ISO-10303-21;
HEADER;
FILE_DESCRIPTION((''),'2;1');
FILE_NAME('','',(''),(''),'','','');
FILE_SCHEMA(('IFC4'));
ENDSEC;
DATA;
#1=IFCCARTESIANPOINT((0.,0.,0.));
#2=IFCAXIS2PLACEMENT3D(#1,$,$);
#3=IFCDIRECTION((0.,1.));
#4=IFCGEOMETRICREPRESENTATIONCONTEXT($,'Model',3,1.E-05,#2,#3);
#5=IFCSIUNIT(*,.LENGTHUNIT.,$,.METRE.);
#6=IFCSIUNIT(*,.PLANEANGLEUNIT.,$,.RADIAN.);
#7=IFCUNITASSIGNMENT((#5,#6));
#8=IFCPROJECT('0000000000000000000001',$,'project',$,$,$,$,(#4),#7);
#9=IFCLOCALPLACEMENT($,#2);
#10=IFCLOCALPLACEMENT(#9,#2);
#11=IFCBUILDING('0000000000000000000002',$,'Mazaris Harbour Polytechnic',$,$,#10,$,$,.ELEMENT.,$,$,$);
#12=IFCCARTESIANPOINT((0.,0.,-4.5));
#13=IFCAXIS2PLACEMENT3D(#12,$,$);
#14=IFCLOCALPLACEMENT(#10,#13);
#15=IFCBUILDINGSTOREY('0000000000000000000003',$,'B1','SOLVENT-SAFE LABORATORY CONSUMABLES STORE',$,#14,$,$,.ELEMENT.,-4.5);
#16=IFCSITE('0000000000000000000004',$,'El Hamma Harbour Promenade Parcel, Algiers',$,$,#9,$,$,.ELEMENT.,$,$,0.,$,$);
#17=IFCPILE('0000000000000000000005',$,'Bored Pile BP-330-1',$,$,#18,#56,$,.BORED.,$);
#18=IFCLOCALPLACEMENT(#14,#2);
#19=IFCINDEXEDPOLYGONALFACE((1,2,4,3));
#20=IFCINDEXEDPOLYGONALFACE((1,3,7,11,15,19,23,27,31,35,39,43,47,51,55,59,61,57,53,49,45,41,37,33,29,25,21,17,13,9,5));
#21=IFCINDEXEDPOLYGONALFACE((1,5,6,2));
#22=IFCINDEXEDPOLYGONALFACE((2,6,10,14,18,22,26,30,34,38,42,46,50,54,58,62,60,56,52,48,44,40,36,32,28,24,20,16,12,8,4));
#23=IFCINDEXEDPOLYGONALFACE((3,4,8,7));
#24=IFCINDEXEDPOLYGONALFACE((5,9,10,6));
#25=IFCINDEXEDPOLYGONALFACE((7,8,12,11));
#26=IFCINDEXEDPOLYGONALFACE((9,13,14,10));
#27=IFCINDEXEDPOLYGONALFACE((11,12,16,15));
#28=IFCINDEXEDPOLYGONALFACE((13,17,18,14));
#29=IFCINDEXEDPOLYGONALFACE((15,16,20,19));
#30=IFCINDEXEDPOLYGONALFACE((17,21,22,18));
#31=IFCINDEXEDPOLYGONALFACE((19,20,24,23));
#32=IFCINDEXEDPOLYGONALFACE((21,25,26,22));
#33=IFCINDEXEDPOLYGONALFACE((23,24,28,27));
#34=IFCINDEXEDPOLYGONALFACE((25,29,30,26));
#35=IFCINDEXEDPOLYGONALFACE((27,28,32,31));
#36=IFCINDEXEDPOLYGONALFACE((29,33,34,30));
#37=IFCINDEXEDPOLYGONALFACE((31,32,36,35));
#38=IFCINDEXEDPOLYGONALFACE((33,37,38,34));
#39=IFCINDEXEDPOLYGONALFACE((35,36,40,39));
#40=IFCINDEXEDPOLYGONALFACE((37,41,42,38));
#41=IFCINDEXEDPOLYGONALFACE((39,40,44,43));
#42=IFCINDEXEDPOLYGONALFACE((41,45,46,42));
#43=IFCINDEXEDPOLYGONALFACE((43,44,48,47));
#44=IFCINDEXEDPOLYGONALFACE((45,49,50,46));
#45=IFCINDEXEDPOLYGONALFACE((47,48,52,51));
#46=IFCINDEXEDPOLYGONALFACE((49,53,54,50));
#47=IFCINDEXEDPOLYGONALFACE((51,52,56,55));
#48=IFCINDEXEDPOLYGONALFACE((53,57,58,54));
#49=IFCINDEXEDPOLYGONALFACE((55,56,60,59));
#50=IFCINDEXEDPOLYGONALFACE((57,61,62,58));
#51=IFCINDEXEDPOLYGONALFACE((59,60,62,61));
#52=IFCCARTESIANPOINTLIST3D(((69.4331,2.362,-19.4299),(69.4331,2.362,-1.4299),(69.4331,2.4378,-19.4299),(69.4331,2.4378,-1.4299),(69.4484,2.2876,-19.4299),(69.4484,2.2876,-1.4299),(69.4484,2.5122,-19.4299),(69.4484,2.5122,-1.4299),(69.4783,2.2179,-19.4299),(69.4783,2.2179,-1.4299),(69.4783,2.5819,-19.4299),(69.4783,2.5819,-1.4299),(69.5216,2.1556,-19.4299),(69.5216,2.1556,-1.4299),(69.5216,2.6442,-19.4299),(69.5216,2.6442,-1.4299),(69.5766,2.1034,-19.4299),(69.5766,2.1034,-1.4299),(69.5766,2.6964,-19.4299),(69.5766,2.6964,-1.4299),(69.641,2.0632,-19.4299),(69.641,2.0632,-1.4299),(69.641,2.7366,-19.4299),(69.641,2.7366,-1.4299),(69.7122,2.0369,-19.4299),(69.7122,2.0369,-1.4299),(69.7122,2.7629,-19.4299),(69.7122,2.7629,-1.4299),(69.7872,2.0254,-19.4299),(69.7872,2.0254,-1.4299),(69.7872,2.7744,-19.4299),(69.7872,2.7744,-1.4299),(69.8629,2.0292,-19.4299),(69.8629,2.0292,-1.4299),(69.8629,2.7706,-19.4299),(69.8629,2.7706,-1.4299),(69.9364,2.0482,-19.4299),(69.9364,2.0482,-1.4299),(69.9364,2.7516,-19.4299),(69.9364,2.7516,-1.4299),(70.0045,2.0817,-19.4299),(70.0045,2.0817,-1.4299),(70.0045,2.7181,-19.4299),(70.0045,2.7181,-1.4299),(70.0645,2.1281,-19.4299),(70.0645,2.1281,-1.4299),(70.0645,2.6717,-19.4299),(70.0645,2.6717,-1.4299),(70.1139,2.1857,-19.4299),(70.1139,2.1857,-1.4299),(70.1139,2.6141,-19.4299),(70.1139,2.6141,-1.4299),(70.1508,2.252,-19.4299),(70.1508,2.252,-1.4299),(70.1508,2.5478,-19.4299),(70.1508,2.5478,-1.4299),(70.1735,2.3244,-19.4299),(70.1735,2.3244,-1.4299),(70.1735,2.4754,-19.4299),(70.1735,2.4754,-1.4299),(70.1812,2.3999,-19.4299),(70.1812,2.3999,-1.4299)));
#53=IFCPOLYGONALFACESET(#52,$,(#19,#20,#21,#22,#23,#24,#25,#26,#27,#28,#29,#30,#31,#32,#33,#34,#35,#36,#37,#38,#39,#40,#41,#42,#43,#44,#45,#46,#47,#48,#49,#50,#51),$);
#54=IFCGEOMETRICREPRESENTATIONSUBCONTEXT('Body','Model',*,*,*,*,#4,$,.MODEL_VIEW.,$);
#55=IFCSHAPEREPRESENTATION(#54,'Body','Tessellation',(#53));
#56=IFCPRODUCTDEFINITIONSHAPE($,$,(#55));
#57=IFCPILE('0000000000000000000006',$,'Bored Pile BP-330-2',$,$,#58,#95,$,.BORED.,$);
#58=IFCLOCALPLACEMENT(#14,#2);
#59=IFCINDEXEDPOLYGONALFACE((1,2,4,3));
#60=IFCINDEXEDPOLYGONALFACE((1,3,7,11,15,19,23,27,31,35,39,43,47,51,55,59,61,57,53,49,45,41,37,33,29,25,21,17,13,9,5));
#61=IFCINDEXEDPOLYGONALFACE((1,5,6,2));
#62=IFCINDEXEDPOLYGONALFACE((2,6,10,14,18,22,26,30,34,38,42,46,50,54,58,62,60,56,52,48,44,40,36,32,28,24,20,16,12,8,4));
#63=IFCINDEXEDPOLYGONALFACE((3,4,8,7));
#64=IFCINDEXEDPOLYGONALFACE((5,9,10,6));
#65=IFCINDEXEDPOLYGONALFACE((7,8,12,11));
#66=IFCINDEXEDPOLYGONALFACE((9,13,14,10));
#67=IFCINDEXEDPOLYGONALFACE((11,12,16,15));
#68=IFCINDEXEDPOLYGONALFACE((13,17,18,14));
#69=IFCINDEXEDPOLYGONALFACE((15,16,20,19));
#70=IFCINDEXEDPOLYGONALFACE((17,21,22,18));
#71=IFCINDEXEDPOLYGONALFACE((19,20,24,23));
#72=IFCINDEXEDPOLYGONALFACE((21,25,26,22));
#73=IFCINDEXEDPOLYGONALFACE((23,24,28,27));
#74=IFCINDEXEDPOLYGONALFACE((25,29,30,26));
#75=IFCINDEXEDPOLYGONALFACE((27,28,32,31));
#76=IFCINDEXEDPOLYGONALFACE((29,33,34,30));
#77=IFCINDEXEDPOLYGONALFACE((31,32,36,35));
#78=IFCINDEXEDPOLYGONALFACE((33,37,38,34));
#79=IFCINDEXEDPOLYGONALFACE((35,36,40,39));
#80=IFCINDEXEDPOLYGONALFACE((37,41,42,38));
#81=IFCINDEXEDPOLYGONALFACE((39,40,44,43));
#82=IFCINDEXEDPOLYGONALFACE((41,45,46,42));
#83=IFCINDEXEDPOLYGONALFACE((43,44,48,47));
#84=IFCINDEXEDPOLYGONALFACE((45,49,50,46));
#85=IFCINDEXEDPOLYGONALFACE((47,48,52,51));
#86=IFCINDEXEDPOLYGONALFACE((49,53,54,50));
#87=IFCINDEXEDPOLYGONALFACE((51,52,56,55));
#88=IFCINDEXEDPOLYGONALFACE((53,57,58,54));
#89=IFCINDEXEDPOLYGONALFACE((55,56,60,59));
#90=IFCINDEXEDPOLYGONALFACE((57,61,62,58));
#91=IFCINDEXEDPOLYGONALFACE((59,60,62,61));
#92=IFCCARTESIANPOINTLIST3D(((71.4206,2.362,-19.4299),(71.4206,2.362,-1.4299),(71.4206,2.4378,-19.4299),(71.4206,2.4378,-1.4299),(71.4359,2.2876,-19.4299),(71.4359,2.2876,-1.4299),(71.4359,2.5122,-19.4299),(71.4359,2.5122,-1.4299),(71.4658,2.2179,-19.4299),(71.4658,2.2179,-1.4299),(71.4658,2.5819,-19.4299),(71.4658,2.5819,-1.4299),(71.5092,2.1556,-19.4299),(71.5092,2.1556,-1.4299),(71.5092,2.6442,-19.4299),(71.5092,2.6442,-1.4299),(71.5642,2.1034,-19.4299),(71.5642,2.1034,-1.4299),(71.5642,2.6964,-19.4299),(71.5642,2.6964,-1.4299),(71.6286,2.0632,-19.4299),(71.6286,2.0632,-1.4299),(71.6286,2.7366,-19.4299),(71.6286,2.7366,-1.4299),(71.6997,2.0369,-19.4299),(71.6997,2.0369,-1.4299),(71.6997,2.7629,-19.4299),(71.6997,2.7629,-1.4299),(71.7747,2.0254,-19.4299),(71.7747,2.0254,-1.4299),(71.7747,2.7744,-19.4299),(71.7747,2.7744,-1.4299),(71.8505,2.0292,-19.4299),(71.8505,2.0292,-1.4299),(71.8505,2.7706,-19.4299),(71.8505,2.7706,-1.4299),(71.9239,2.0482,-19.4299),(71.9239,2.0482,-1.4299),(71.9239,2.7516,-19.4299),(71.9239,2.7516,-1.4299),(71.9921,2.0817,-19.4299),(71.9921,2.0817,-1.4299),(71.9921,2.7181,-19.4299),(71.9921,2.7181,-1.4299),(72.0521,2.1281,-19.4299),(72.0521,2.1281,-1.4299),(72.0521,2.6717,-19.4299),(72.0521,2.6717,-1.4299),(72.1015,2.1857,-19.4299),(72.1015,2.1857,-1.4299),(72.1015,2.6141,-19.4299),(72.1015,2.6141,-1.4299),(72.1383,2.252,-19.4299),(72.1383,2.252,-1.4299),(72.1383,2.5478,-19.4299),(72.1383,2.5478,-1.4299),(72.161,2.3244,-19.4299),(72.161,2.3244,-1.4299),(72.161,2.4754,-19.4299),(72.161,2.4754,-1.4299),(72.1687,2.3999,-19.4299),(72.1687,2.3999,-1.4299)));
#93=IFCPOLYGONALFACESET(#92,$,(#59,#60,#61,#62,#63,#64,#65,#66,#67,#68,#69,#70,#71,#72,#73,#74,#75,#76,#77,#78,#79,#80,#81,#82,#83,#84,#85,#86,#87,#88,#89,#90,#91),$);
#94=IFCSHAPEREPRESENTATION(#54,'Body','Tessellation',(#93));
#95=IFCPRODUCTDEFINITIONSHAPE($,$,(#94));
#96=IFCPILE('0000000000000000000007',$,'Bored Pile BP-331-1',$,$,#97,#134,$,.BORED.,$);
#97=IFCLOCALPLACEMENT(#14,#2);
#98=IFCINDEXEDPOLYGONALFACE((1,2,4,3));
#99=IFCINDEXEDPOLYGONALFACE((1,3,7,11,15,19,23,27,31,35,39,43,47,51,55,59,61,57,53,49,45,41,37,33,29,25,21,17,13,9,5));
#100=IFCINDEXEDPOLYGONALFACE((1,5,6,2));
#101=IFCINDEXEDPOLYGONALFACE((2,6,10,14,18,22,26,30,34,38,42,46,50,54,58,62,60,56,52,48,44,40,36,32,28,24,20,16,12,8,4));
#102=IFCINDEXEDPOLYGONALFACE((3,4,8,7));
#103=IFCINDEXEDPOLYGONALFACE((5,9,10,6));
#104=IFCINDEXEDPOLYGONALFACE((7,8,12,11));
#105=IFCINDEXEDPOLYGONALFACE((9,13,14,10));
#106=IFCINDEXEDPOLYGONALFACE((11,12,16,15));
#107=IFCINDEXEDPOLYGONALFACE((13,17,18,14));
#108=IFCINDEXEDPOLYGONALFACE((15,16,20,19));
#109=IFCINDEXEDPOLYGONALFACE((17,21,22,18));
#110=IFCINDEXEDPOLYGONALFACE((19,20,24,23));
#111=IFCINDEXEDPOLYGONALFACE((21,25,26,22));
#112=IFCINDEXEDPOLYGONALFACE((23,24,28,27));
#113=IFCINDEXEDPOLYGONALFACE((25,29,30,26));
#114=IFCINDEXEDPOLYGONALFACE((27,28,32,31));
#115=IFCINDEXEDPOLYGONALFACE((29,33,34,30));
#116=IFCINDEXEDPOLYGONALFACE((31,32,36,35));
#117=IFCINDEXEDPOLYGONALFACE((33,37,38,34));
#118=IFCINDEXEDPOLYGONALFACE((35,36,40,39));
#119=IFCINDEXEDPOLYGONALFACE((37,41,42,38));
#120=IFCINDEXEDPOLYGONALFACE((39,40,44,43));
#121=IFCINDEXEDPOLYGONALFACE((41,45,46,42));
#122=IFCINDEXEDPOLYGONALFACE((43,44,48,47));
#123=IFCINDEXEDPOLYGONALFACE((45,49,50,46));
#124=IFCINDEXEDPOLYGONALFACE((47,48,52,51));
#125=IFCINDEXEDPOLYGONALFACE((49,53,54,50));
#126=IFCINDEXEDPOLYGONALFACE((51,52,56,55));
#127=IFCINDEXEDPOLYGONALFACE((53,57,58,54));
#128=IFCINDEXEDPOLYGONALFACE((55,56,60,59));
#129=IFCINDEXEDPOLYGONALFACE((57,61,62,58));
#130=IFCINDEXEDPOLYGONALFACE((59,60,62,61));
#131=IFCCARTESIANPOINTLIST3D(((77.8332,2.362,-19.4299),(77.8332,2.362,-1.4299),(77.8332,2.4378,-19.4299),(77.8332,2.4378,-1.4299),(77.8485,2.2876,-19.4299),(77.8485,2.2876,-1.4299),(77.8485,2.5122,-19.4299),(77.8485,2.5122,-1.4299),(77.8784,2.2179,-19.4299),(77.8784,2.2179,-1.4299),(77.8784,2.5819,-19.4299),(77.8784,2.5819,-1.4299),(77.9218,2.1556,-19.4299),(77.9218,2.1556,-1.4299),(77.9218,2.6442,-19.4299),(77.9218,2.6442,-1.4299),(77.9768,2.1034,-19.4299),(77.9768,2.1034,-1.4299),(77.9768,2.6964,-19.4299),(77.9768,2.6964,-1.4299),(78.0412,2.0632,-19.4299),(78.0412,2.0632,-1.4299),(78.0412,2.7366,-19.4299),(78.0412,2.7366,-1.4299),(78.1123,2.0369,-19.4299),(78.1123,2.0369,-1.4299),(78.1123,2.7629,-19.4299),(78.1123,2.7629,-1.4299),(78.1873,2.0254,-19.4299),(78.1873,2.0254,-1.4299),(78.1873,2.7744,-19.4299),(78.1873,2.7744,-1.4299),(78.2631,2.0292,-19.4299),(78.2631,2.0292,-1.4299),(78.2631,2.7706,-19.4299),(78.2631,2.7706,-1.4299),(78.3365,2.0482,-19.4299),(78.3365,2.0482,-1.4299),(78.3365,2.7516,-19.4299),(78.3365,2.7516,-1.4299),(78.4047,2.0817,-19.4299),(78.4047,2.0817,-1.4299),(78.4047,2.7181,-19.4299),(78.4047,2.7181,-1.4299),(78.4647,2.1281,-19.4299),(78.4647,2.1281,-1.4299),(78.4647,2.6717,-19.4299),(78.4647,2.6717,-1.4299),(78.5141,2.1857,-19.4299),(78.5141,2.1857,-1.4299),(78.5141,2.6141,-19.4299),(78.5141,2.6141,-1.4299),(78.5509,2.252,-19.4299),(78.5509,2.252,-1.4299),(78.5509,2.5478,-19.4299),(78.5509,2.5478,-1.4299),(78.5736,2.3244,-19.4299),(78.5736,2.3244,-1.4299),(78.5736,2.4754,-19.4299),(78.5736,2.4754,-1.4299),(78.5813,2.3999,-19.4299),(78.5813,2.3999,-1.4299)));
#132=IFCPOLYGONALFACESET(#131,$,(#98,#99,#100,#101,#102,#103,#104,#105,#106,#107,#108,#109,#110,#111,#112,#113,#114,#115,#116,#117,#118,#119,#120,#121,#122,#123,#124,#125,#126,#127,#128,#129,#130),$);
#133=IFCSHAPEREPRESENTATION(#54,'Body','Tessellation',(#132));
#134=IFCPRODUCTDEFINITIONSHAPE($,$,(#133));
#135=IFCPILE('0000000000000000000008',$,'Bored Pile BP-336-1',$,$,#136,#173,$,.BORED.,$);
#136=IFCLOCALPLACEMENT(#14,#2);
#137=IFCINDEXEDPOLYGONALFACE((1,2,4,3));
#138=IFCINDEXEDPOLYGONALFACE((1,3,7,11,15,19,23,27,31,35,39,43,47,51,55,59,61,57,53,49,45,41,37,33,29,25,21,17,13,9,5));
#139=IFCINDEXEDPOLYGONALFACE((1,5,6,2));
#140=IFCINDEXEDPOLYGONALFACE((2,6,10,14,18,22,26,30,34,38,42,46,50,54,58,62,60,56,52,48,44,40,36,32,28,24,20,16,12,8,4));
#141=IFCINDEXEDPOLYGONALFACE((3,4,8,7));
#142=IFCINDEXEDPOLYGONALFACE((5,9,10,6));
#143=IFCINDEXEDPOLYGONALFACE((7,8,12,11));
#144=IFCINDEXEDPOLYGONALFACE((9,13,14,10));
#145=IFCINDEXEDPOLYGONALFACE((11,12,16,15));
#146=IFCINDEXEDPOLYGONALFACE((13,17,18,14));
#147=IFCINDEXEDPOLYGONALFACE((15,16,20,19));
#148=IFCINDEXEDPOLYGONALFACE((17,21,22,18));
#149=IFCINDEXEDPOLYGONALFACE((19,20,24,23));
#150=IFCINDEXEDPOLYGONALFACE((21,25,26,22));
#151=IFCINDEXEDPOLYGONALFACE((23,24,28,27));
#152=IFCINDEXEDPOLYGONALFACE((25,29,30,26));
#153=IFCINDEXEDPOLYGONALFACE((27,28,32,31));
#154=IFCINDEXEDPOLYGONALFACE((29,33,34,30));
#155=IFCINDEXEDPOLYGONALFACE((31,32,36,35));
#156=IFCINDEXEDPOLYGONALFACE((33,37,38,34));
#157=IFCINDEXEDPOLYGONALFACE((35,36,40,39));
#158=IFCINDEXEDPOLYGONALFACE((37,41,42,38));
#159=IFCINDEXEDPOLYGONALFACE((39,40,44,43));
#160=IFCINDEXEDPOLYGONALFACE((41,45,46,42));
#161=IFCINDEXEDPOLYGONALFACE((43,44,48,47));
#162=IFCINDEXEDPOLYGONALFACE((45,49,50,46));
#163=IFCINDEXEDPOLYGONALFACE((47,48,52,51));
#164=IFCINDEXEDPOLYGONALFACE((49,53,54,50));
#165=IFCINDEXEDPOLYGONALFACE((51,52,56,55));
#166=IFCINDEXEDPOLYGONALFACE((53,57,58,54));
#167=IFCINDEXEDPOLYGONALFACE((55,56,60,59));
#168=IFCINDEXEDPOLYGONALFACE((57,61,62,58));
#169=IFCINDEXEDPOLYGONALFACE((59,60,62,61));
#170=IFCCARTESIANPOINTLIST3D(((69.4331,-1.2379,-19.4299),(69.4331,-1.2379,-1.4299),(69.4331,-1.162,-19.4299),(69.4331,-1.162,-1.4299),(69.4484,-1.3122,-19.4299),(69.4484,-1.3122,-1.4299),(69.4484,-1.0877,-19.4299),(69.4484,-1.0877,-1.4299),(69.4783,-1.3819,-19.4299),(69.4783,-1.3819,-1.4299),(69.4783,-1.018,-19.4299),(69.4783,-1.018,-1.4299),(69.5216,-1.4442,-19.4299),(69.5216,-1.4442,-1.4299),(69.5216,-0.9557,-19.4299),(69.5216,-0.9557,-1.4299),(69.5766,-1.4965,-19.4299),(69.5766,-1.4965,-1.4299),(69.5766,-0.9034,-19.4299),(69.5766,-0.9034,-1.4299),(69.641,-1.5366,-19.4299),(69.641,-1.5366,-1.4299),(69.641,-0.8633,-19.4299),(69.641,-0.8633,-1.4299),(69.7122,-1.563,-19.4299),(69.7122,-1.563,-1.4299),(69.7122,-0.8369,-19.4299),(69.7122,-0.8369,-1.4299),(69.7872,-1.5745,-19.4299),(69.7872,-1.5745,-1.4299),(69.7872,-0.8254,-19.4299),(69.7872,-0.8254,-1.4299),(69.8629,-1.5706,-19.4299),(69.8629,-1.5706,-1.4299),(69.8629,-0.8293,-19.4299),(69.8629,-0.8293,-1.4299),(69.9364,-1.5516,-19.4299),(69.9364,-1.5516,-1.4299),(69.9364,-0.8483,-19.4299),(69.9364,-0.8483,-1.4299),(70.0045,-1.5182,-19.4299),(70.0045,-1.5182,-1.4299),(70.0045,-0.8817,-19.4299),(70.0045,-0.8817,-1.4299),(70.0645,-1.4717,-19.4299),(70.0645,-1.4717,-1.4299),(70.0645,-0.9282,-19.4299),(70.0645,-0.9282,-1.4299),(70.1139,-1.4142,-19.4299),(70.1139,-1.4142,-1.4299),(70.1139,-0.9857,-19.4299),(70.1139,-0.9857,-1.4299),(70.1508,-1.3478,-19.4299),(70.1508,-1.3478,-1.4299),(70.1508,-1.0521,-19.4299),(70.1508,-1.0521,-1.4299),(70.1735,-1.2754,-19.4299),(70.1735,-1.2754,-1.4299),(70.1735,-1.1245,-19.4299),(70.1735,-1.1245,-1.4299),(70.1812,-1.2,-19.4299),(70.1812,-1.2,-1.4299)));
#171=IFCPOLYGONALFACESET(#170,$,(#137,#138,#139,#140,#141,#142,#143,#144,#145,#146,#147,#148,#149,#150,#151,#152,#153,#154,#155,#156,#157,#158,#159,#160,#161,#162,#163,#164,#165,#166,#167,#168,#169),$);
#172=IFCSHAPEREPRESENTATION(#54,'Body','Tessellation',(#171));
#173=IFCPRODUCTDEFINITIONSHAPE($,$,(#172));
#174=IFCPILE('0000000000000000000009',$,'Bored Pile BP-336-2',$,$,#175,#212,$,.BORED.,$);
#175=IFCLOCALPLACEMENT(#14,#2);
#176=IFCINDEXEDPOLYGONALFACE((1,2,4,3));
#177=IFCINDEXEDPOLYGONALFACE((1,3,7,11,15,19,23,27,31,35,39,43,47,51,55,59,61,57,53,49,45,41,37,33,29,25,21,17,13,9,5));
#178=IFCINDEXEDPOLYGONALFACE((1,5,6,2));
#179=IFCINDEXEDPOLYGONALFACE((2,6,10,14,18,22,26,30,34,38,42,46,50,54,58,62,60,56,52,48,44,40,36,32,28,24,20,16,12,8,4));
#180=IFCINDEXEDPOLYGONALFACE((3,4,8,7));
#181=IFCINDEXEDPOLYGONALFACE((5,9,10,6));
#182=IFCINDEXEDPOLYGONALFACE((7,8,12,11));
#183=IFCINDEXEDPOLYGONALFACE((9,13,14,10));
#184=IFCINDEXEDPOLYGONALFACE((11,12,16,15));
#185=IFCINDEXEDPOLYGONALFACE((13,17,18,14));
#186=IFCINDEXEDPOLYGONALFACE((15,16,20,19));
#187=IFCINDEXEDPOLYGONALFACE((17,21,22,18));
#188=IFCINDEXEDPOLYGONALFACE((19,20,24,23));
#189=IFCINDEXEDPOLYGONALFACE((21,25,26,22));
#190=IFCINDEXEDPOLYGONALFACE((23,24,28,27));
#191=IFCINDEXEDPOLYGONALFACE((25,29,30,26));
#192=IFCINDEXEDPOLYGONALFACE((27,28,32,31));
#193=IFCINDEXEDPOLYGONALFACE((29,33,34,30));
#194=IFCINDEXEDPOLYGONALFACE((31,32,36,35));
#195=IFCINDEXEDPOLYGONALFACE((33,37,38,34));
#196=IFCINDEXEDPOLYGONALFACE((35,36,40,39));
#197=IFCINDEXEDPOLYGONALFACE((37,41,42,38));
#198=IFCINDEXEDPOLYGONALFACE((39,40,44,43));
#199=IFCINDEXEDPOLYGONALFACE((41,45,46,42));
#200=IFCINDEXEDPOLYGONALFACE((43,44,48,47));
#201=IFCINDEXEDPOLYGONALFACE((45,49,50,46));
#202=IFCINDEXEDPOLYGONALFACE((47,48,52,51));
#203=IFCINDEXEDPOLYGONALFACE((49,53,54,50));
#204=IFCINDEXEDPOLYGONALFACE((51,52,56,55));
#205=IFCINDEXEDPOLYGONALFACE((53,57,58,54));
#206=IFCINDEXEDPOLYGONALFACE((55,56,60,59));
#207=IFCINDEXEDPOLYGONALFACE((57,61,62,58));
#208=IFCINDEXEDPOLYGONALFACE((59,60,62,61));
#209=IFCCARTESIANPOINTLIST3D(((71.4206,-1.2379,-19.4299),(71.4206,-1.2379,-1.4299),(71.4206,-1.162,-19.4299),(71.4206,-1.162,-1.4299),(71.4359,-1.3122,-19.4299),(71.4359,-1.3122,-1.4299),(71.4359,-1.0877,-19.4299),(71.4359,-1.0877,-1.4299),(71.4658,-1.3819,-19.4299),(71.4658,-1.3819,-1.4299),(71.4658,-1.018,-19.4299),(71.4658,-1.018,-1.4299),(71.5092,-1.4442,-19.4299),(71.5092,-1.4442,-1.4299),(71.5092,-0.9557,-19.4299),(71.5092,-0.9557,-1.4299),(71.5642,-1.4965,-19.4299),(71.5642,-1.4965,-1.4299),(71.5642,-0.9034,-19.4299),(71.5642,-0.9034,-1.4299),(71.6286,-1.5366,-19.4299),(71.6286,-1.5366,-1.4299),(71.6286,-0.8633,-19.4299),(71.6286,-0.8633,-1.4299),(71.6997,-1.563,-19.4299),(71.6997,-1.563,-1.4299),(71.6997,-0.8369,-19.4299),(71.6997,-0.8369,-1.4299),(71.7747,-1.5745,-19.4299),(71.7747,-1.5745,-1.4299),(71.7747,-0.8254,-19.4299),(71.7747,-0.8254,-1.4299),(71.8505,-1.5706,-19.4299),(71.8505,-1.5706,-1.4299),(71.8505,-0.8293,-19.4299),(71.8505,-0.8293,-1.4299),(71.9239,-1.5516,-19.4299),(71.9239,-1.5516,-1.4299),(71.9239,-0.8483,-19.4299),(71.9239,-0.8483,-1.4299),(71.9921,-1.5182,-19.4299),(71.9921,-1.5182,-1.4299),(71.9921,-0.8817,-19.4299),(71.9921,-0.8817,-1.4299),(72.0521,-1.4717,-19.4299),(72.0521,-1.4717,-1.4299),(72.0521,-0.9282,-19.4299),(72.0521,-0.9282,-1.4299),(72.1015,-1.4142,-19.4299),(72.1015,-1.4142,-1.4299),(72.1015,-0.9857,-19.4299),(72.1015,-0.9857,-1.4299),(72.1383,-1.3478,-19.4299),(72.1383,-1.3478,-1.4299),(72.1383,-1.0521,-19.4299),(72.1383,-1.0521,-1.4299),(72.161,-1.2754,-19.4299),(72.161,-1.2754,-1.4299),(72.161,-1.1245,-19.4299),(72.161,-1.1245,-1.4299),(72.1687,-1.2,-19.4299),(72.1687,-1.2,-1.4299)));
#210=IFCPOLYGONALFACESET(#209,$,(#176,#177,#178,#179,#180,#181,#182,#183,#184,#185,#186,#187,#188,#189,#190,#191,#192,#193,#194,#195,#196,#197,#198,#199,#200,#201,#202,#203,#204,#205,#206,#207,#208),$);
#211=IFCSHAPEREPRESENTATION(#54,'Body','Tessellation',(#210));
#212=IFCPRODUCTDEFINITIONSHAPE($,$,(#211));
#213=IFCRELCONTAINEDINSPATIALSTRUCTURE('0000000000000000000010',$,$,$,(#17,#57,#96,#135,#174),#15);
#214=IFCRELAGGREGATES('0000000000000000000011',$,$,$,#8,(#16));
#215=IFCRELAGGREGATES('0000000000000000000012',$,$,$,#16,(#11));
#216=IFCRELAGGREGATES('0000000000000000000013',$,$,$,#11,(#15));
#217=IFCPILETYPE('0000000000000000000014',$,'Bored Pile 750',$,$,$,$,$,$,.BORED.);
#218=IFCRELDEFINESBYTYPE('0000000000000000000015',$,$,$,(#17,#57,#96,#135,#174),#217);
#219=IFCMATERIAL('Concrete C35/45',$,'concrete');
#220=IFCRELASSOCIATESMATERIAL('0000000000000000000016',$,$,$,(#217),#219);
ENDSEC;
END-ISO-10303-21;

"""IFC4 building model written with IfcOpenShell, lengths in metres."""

from ifc_helpers import new_model, si_unit, direction, frame, origin, origin_2d, place, context, subcontext, project, spatial, circle, extrude, material, material_profile, profile_set, type_object, element, save


model = new_model("IFC4")

# Units and contexts
model_context = context("Model", 3, precision=1e-05, world=origin(), true_north=direction((0.0, 1.0)))
body_context = subcontext(model_context, "Body", "Model", "MODEL_VIEW")
ifc_project = project(units=[si_unit("LENGTHUNIT", "METRE"), si_unit("PLANEANGLEUNIT", "RADIAN")], contexts=[model_context])

# Site, building, storey
site_placement = place(None, origin())
site = spatial("IfcSite", under=ifc_project, at=site_placement, Name="El Hamma Harbour Promenade Parcel, Algiers", CompositionType="ELEMENT", RefElevation=0.0)
building_placement = place(site_placement, origin())
building = spatial("IfcBuilding", under=site, at=building_placement, Name="Mazaris Harbour Polytechnic", CompositionType="ELEMENT")
storey_placement = place(building_placement, frame((0.0, 0.0, -4.5)))
storey = spatial("IfcBuildingStorey", under=building, at=storey_placement, Name="B1", Description="SOLVENT-SAFE LABORATORY CONSUMABLES STORE", CompositionType="ELEMENT", Elevation=-4.5)

# Piles
ifc_material_1 = material(Name="Concrete C35/45", Category="concrete")
ifc_material_profile_1 = material_profile(ifc_material_1, circle(Radius=0.375, at=origin_2d()), Name="DIA750")
ifc_profile_set_1 = profile_set([ifc_material_profile_1], Name="Concrete C35/45")
pile_type_1 = type_object("IfcPileType", Name="Bored Pile 750", PredefinedType="BORED", material=ifc_profile_set_1)
for number, where, z_axis, x_axis, name in (
    (1, (69.8062, 2.3999, -1.4299), (0.0, 0.0, -1.0), (1.0, 0.0, 0.0), "Bored Pile BP-330-1"),
    (2, (71.7937, 2.3999, -1.4299), (0.0, 0.0, -1.0), (1.0, 0.0, 0.0), "Bored Pile BP-330-2"),
    (3, (78.2063, 2.3999, -1.4299), (0.0, 0.0, -1.0), (1.0, 0.0, 0.0), "Bored Pile BP-331-1"),
    (4, (69.8062, -1.2, -1.4299), (0.0, 0.0, -1.0), (1.0, 0.0, 0.0), "Bored Pile BP-336-1"),
    (5, (71.7937, -1.2, -1.4299), (0.0, 0.0, -1.0), (1.0, 0.0, 0.0), "Bored Pile BP-336-2"),
):
    element("IfcPile", number, at=place(storey_placement, frame(where, z_axis=z_axis, x_axis=x_axis)), inside=storey, type_object=pile_type_1, Name=name, PredefinedType="BORED", context=body_context, shape_type="SweptSolid", body=[
        extrude(circle(Radius=0.375, at=origin_2d()), origin(), (0.0, 0.0, 1.0), 18.0),
    ])

save(model, "model.ifc")
